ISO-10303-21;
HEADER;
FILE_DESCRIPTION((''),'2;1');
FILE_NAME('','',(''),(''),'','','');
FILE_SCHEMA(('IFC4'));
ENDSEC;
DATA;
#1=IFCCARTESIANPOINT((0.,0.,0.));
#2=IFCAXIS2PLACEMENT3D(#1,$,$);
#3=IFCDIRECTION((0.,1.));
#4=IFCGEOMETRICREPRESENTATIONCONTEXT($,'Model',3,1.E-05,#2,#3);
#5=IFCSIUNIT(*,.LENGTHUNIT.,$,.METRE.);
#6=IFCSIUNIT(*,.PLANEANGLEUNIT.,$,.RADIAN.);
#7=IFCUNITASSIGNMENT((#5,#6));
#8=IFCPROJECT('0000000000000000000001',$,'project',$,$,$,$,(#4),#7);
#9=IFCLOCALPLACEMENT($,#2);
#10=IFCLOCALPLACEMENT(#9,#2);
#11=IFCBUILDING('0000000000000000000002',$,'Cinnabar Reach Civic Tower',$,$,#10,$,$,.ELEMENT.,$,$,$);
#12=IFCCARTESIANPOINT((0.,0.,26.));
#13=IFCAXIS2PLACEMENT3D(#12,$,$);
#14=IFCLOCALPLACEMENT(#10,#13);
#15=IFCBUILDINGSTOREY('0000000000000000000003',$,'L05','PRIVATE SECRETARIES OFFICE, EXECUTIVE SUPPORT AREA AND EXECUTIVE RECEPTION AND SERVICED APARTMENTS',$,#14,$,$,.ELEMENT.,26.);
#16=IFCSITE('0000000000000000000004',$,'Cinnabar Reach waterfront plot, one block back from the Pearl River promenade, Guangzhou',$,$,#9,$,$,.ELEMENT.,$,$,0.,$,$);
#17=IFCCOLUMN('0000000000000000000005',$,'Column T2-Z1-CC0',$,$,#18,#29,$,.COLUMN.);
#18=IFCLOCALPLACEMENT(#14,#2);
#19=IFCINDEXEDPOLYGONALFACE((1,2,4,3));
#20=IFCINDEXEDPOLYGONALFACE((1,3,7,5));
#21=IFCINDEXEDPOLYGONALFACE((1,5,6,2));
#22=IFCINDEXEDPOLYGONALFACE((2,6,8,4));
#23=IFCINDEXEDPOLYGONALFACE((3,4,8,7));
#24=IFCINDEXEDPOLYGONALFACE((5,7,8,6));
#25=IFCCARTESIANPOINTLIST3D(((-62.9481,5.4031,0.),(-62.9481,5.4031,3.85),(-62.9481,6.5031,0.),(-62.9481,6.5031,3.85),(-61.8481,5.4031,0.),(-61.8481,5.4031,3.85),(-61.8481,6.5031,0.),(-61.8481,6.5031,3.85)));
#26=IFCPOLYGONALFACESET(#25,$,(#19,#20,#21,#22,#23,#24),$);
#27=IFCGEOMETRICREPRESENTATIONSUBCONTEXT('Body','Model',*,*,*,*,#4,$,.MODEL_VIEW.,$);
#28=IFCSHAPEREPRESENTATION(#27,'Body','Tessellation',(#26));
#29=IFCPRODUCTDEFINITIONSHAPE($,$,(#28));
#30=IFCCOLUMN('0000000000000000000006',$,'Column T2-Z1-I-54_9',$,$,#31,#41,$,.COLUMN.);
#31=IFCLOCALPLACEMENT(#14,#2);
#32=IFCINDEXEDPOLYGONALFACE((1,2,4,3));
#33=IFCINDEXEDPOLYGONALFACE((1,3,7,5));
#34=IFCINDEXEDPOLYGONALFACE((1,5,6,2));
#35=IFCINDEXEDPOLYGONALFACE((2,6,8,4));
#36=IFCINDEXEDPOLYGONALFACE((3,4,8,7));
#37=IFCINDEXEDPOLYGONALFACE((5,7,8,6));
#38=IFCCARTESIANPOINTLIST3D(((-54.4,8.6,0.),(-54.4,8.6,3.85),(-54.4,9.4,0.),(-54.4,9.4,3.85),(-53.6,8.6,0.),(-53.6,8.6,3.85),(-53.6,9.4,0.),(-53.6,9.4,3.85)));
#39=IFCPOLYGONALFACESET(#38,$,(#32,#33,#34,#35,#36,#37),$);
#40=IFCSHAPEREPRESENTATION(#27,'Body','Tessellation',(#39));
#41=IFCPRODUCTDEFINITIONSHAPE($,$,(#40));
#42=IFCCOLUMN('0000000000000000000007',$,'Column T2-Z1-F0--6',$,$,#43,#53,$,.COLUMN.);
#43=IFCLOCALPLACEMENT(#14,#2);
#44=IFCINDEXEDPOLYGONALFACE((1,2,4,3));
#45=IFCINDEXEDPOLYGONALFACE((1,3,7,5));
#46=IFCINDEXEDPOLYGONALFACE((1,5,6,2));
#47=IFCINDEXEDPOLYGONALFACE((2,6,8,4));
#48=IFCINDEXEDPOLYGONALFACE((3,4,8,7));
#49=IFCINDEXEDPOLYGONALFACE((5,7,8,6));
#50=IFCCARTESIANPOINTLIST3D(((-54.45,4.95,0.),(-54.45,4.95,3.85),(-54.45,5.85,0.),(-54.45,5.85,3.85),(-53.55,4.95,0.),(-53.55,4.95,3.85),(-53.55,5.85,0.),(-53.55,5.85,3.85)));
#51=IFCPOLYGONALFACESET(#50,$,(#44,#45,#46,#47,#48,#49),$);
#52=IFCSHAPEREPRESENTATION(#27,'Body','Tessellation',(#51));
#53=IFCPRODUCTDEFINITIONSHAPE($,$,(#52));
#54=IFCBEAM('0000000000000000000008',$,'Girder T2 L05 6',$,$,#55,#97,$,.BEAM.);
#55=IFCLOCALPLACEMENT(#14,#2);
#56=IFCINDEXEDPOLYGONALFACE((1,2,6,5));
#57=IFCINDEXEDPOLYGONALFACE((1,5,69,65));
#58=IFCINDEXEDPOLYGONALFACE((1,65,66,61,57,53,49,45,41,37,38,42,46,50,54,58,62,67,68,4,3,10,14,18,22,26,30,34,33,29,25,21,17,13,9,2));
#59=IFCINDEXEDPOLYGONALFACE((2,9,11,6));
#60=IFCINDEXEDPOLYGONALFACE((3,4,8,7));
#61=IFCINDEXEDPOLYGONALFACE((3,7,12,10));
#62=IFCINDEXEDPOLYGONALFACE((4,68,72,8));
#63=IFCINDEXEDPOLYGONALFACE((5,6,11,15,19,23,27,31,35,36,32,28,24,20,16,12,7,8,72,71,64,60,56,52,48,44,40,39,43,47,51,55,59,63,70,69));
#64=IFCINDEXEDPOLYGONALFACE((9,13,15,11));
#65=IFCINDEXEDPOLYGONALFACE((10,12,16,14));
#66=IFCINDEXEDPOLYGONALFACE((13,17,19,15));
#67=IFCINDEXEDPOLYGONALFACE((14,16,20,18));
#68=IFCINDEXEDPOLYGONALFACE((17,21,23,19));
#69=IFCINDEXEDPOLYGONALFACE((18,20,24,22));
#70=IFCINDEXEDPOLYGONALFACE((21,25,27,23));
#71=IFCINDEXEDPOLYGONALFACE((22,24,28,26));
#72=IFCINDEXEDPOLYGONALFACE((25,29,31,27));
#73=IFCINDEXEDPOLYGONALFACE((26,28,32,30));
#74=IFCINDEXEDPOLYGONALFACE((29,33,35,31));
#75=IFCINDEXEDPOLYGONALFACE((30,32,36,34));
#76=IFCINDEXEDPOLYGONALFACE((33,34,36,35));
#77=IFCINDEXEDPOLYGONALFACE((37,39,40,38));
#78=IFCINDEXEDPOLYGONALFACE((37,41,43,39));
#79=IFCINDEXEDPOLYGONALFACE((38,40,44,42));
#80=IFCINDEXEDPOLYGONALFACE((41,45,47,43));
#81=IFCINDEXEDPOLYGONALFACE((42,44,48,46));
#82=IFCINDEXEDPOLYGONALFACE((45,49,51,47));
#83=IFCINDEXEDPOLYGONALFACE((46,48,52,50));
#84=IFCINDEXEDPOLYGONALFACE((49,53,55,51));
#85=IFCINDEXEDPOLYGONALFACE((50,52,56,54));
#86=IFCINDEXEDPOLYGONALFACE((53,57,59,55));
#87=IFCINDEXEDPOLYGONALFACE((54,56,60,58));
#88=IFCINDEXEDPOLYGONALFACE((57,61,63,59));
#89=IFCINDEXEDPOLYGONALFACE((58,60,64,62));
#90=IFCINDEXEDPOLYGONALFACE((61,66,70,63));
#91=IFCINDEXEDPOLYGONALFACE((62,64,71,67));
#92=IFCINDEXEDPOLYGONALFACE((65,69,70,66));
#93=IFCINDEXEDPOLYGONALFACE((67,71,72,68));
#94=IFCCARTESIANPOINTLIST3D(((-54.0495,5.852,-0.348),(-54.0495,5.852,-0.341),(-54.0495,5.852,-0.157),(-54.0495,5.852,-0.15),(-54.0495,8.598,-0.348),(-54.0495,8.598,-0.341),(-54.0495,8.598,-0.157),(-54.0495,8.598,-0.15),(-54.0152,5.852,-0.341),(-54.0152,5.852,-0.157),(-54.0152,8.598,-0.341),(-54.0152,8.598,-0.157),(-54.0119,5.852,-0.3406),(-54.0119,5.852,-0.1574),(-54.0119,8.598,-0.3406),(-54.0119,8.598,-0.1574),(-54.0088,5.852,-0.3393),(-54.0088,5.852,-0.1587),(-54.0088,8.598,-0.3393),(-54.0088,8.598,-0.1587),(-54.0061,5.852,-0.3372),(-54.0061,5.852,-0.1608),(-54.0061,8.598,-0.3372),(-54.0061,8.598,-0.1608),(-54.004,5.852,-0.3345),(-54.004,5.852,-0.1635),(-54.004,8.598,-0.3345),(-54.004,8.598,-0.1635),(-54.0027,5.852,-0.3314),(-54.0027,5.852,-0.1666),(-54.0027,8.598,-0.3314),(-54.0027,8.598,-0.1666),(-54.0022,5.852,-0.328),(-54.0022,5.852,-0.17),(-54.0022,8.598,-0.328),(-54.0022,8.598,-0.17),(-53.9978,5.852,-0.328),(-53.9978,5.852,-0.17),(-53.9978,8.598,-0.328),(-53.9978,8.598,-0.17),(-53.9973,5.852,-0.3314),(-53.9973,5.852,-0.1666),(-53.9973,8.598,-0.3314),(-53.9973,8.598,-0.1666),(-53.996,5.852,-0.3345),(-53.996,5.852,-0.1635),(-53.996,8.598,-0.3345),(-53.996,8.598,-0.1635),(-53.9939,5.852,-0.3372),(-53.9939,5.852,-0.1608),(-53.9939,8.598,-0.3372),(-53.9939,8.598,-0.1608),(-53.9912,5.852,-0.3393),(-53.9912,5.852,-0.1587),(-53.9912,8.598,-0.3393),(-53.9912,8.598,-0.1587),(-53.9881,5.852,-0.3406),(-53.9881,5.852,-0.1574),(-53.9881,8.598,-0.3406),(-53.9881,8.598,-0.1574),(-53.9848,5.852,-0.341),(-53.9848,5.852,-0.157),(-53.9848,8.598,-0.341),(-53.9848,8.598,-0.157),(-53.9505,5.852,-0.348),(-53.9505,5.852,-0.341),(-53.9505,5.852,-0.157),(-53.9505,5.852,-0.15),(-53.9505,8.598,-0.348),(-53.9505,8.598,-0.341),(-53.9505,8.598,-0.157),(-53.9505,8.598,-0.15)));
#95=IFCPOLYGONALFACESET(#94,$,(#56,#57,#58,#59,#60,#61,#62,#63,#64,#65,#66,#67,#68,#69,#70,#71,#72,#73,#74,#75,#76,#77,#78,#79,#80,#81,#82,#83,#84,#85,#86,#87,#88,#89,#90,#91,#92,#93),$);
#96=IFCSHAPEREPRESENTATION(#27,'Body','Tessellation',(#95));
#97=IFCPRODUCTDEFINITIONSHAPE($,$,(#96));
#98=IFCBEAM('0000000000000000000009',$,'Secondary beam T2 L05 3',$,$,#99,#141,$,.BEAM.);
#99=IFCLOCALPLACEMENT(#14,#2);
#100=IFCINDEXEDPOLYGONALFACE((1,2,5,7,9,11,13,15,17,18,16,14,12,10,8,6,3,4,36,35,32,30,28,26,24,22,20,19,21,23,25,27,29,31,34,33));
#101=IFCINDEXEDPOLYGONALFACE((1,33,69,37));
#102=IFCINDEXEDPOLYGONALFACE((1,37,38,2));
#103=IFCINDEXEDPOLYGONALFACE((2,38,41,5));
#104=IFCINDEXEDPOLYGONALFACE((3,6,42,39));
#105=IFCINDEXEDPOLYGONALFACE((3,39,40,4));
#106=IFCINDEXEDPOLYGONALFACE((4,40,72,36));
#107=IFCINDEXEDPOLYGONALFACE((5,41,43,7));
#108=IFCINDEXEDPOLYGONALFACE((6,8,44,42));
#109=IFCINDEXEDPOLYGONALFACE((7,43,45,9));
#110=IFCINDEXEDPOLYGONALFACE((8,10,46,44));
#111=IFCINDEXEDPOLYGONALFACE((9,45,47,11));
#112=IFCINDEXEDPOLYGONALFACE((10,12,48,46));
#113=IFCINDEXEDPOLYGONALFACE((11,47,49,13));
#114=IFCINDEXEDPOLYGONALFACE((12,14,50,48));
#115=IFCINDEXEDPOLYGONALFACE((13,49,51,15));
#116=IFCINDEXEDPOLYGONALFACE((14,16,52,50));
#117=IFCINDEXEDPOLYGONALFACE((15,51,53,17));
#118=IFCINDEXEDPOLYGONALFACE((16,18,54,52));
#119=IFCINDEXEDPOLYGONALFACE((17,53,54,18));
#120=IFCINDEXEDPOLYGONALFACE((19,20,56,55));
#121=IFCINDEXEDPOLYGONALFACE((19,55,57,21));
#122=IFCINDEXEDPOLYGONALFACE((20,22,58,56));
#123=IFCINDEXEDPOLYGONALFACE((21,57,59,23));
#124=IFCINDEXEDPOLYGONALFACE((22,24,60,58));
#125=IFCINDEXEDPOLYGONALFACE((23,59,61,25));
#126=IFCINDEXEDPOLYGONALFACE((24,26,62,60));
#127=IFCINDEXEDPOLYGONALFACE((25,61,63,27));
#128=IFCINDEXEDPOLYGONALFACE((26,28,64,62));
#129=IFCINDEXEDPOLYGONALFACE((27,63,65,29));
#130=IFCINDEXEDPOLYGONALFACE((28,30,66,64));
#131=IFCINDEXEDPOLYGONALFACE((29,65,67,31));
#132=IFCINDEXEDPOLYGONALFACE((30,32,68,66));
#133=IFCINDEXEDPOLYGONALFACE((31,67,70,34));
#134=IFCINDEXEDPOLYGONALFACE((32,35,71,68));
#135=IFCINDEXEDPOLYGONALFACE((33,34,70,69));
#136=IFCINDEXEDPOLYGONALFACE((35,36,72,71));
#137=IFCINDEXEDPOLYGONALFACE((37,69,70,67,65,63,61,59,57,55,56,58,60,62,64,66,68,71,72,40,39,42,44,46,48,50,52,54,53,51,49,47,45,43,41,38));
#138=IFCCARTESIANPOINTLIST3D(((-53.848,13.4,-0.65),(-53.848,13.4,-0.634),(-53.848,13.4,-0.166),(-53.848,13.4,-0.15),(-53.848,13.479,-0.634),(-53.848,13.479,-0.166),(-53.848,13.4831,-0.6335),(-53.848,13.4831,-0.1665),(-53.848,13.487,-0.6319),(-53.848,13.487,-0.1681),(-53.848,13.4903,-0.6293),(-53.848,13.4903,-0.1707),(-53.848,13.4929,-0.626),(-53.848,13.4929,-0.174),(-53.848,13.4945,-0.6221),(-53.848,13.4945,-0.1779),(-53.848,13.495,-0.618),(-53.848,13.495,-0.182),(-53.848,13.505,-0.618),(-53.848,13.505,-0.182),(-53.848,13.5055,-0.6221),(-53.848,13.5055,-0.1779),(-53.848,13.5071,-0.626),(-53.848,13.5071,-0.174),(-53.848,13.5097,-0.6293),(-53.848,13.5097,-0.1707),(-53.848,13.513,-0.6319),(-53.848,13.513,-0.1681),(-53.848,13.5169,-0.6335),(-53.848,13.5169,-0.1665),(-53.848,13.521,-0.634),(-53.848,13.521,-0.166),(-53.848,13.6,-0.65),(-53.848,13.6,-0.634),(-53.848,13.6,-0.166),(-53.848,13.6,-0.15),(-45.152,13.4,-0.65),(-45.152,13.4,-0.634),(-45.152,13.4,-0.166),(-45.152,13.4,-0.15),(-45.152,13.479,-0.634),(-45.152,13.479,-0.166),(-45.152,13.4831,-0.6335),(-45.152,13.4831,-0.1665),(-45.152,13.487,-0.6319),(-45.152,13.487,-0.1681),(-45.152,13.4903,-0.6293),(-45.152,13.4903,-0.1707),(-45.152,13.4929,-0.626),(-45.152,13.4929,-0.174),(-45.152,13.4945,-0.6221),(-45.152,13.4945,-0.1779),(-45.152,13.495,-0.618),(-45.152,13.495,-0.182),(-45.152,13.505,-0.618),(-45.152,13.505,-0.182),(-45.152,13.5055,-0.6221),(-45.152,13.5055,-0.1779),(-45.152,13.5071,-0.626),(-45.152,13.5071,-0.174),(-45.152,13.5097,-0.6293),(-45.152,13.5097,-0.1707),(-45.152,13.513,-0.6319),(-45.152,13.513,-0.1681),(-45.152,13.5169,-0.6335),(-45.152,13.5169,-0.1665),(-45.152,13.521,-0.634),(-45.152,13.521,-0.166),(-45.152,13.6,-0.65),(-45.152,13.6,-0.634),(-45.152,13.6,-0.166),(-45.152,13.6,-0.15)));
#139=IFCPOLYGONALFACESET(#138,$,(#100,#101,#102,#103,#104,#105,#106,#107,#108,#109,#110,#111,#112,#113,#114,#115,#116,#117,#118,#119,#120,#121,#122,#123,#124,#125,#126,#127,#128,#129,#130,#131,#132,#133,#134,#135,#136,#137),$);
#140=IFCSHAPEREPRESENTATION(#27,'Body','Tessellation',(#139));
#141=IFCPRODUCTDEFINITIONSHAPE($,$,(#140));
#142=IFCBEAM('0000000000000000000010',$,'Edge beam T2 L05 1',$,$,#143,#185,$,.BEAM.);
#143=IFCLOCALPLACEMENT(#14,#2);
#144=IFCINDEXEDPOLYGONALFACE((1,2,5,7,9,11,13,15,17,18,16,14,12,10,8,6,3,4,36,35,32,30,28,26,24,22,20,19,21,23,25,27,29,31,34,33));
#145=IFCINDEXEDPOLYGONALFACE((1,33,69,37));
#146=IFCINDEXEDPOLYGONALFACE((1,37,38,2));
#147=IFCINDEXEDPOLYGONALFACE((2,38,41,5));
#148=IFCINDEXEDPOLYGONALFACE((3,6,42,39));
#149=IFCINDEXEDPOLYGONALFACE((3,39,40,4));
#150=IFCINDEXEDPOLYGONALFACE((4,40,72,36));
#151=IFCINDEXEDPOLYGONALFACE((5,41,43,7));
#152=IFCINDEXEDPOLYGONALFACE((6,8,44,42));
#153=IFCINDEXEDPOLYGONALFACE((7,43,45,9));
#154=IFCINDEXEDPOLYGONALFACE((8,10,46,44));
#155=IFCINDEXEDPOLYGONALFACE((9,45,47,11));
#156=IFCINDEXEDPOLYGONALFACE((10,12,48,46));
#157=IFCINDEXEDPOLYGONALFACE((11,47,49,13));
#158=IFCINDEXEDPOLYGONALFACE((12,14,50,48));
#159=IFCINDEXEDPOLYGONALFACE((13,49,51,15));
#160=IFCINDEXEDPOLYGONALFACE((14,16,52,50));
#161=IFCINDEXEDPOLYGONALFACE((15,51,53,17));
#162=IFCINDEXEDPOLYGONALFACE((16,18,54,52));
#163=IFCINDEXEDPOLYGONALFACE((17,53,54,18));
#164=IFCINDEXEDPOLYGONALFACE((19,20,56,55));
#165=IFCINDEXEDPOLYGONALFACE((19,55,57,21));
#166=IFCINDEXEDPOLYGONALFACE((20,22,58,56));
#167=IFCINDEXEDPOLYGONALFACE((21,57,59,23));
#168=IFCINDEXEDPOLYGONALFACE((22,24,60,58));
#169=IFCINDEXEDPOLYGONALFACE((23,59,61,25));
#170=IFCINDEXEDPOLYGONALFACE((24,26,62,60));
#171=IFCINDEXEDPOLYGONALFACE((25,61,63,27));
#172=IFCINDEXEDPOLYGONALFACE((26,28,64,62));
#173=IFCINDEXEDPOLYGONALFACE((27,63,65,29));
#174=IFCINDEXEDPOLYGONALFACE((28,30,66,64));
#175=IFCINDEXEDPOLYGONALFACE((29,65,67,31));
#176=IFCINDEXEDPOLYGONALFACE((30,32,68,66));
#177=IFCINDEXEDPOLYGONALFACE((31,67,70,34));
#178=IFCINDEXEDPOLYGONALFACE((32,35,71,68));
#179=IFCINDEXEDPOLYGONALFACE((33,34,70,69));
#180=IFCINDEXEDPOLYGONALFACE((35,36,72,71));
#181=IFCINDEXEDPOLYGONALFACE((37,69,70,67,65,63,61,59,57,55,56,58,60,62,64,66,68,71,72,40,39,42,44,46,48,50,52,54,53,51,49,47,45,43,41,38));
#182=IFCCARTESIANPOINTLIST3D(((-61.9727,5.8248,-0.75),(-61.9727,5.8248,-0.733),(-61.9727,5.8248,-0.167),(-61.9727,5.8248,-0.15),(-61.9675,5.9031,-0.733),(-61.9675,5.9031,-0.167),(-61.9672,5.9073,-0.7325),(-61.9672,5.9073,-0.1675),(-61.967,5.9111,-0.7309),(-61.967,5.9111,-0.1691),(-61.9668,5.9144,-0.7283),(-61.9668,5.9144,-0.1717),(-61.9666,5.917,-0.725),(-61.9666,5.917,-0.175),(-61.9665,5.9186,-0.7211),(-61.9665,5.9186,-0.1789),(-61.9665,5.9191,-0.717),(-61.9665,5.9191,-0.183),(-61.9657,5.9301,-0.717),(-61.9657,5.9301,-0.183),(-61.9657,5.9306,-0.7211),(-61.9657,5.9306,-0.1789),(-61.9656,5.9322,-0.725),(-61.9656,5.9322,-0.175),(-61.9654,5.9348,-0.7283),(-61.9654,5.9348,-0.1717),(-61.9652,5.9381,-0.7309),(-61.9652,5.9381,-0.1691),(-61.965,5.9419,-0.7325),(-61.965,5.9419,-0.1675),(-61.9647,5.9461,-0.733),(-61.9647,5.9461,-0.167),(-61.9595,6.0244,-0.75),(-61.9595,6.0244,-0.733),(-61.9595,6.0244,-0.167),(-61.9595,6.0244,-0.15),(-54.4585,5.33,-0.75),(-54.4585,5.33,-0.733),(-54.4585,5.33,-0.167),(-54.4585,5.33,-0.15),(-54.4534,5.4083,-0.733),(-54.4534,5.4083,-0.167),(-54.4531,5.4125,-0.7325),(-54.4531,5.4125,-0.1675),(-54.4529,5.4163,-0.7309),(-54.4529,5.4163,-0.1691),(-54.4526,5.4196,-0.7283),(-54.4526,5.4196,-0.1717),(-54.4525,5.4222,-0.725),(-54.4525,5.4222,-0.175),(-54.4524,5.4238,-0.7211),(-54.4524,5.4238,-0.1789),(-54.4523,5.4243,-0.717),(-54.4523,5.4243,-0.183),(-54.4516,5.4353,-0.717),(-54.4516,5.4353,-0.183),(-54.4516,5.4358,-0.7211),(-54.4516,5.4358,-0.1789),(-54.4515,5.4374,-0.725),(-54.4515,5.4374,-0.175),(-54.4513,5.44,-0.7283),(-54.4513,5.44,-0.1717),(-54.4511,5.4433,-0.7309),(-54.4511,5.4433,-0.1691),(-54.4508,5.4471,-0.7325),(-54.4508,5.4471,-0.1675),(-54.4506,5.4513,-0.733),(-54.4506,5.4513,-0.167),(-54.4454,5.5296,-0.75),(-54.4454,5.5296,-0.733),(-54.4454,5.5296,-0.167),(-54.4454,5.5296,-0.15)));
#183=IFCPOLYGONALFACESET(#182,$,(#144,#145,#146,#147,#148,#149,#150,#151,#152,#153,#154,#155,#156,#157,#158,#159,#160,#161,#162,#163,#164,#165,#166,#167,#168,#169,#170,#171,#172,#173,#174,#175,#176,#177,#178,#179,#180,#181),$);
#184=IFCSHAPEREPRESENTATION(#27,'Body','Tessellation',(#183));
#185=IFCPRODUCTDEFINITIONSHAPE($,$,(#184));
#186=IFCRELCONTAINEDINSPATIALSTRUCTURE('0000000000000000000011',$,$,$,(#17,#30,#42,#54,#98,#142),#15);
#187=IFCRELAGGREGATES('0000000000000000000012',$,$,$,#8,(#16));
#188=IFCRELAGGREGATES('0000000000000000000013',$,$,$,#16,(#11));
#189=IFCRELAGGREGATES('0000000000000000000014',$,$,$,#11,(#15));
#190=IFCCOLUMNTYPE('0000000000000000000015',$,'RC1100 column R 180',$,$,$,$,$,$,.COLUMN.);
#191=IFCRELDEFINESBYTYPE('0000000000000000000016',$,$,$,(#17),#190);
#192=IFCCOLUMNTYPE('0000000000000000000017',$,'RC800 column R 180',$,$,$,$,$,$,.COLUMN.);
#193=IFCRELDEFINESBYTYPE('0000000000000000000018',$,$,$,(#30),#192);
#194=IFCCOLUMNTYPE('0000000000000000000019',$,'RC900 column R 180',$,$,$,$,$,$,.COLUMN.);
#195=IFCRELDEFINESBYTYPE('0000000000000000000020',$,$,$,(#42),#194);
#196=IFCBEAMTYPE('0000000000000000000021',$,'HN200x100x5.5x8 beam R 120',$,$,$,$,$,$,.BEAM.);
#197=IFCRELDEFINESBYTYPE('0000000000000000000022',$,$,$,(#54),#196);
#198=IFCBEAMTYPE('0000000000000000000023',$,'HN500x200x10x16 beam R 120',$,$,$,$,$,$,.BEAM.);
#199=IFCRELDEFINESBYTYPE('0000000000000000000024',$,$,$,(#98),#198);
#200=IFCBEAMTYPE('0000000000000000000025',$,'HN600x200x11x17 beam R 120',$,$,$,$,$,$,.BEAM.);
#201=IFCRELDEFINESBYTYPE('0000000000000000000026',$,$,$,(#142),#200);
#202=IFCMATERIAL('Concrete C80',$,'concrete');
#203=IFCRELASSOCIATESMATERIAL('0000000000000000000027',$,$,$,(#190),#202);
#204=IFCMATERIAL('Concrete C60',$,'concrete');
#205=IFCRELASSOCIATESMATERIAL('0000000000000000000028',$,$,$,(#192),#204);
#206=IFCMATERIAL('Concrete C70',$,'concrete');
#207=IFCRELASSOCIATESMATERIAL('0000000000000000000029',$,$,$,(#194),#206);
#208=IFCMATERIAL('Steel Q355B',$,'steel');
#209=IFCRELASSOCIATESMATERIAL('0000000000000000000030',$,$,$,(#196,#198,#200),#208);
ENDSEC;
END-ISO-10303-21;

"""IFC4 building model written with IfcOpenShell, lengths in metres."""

from ifc_helpers import new_model, si_unit, direction, frame, origin, origin_2d, place, context, subcontext, project, spatial, rectangle, i_section, extrude, material, material_profile, profile_set, type_object, element, save


model = new_model("IFC4")

# Units and contexts
model_context = context("Model", 3, precision=1e-05, world=origin(), true_north=direction((0.0, 1.0)))
body_context = subcontext(model_context, "Body", "Model", "MODEL_VIEW")
ifc_project = project(units=[si_unit("LENGTHUNIT", "METRE"), si_unit("PLANEANGLEUNIT", "RADIAN")], contexts=[model_context])

# Site, building, storey
site_placement = place(None, origin())
site = spatial("IfcSite", under=ifc_project, at=site_placement, Name="Cinnabar Reach waterfront plot, one block back from the Pearl River promenade, Guangzhou", CompositionType="ELEMENT", RefElevation=0.0)
building_placement = place(site_placement, origin())
building = spatial("IfcBuilding", under=site, at=building_placement, Name="Cinnabar Reach Civic Tower", CompositionType="ELEMENT")
storey_placement = place(building_placement, frame((0.0, 0.0, 26.0)))
storey = spatial("IfcBuildingStorey", under=building, at=storey_placement, Name="L05", Description="PRIVATE SECRETARIES OFFICE, EXECUTIVE SUPPORT AREA AND EXECUTIVE RECEPTION AND SERVICED APARTMENTS", CompositionType="ELEMENT", Elevation=26.0)

# Columns
ifc_material_1 = material(Name="Concrete C80", Category="concrete")
ifc_material_profile_1 = material_profile(ifc_material_1, rectangle(XDim=1.1, YDim=1.1, at=origin_2d()), Name="RC1100")
ifc_profile_set_1 = profile_set([ifc_material_profile_1], Name="Concrete C80")
column_type_1 = type_object("IfcColumnType", Name="RC1100 column R 180", PredefinedType="COLUMN", material=ifc_profile_set_1)
column_1_placement = place(storey_placement, frame((-62.3981, 5.9531, 0.0), z_axis=(0.0, 0.0, 1.0), x_axis=(1.0, 0.0, 0.0)))
element("IfcColumn", 1, at=column_1_placement, inside=storey, type_object=column_type_1, Name="Column T2-Z1-CC0", PredefinedType="COLUMN", context=body_context, shape_type="SweptSolid", body=[
    extrude(rectangle(XDim=1.1, YDim=1.1, at=origin_2d()), origin(), (0.0, 0.0, 1.0), 3.85),
])
ifc_material_2 = material(Name="Concrete C60", Category="concrete")
ifc_material_profile_2 = material_profile(ifc_material_2, rectangle(XDim=0.8, YDim=0.8, at=origin_2d()), Name="RC800")
ifc_profile_set_2 = profile_set([ifc_material_profile_2], Name="Concrete C60")
column_type_2 = type_object("IfcColumnType", Name="RC800 column R 180", PredefinedType="COLUMN", material=ifc_profile_set_2)
column_2_placement = place(storey_placement, frame((-54.0, 9.0, 0.0), z_axis=(0.0, 0.0, 1.0), x_axis=(1.0, 0.0, 0.0)))
element("IfcColumn", 2, at=column_2_placement, inside=storey, type_object=column_type_2, Name="Column T2-Z1-I-54_9", PredefinedType="COLUMN", context=body_context, shape_type="SweptSolid", body=[
    extrude(rectangle(XDim=0.8, YDim=0.8, at=origin_2d()), origin(), (0.0, 0.0, 1.0), 3.85),
])
ifc_material_3 = material(Name="Concrete C70", Category="concrete")
ifc_material_profile_3 = material_profile(ifc_material_3, rectangle(XDim=0.9, YDim=0.9, at=origin_2d()), Name="RC900")
ifc_profile_set_3 = profile_set([ifc_material_profile_3], Name="Concrete C70")
column_type_3 = type_object("IfcColumnType", Name="RC900 column R 180", PredefinedType="COLUMN", material=ifc_profile_set_3)
column_3_placement = place(storey_placement, frame((-54.0, 5.4, 0.0), z_axis=(0.0, 0.0, 1.0), x_axis=(1.0, 0.0, 0.0)))
element("IfcColumn", 3, at=column_3_placement, inside=storey, type_object=column_type_3, Name="Column T2-Z1-F0--6", PredefinedType="COLUMN", context=body_context, shape_type="SweptSolid", body=[
    extrude(rectangle(XDim=0.9, YDim=0.9, at=origin_2d()), origin(), (0.0, 0.0, 1.0), 3.85),
])

# Beams
ifc_material_4 = material(Name="Steel Q355B", Category="steel")
ifc_material_profile_4 = material_profile(ifc_material_4, i_section(OverallWidth=0.099, OverallDepth=0.198, WebThickness=0.0045, FlangeThickness=0.007, FilletRadius=0.013, at=origin_2d()), Name="HN200x100x5.5x8")
ifc_profile_set_4 = profile_set([ifc_material_profile_4], Name="Steel Q355B")
beam_type_1 = type_object("IfcBeamType", Name="HN200x100x5.5x8 beam R 120", PredefinedType="BEAM", material=ifc_profile_set_4)
beam_1_placement = place(storey_placement, frame((-54.0, 5.852, -0.249), z_axis=(0.0, 1.0, 0.0), x_axis=(-1.0, 0.0, 0.0)))
element("IfcBeam", 4, at=beam_1_placement, inside=storey, type_object=beam_type_1, Name="Girder T2 L05 6", PredefinedType="BEAM", context=body_context, shape_type="SweptSolid", body=[
    extrude(i_section(OverallWidth=0.099, OverallDepth=0.198, WebThickness=0.0045, FlangeThickness=0.007, FilletRadius=0.013, at=origin_2d()), origin(), (0.0, 0.0, 1.0), 2.746),
])
ifc_material_profile_5 = material_profile(ifc_material_4, i_section(OverallWidth=0.2, OverallDepth=0.5, WebThickness=0.01, FlangeThickness=0.016, FilletRadius=0.016, at=origin_2d()), Name="HN500x200x10x16")
ifc_profile_set_5 = profile_set([ifc_material_profile_5], Name="Steel Q355B")
beam_type_2 = type_object("IfcBeamType", Name="HN500x200x10x16 beam R 120", PredefinedType="BEAM", material=ifc_profile_set_5)
beam_2_placement = place(storey_placement, frame((-53.848, 13.5, -0.4), z_axis=(1.0, 0.0, 0.0), x_axis=(0.0, 1.0, 0.0)))
element("IfcBeam", 5, at=beam_2_placement, inside=storey, type_object=beam_type_2, Name="Secondary beam T2 L05 3", PredefinedType="BEAM", context=body_context, shape_type="SweptSolid", body=[
    extrude(i_section(OverallWidth=0.2, OverallDepth=0.5, WebThickness=0.01, FlangeThickness=0.016, FilletRadius=0.016, at=origin_2d()), origin(), (0.0, 0.0, 1.0), 8.696),
])
ifc_material_profile_6 = material_profile(ifc_material_4, i_section(OverallWidth=0.2, OverallDepth=0.6, WebThickness=0.011, FlangeThickness=0.017, FilletRadius=0.016, at=origin_2d()), Name="HN600x200x11x17")
ifc_profile_set_6 = profile_set([ifc_material_profile_6], Name="Steel Q355B")
beam_type_3 = type_object("IfcBeamType", Name="HN600x200x11x17 beam R 120", PredefinedType="BEAM", material=ifc_profile_set_6)
beam_3_placement = place(storey_placement, frame((-61.9661, 5.9246, -0.45), z_axis=(0.997839, -0.065707, 0.0), x_axis=(0.065707, 0.997839, 0.0)))
element("IfcBeam", 6, at=beam_3_placement, inside=storey, type_object=beam_type_3, Name="Edge beam T2 L05 1", PredefinedType="BEAM", context=body_context, shape_type="SweptSolid", body=[
    extrude(i_section(OverallWidth=0.2, OverallDepth=0.6, WebThickness=0.011, FlangeThickness=0.017, FilletRadius=0.016, at=origin_2d()), origin(), (0.0, 0.0, 1.0), 7.5304),
])

save(model, "model.ifc")
